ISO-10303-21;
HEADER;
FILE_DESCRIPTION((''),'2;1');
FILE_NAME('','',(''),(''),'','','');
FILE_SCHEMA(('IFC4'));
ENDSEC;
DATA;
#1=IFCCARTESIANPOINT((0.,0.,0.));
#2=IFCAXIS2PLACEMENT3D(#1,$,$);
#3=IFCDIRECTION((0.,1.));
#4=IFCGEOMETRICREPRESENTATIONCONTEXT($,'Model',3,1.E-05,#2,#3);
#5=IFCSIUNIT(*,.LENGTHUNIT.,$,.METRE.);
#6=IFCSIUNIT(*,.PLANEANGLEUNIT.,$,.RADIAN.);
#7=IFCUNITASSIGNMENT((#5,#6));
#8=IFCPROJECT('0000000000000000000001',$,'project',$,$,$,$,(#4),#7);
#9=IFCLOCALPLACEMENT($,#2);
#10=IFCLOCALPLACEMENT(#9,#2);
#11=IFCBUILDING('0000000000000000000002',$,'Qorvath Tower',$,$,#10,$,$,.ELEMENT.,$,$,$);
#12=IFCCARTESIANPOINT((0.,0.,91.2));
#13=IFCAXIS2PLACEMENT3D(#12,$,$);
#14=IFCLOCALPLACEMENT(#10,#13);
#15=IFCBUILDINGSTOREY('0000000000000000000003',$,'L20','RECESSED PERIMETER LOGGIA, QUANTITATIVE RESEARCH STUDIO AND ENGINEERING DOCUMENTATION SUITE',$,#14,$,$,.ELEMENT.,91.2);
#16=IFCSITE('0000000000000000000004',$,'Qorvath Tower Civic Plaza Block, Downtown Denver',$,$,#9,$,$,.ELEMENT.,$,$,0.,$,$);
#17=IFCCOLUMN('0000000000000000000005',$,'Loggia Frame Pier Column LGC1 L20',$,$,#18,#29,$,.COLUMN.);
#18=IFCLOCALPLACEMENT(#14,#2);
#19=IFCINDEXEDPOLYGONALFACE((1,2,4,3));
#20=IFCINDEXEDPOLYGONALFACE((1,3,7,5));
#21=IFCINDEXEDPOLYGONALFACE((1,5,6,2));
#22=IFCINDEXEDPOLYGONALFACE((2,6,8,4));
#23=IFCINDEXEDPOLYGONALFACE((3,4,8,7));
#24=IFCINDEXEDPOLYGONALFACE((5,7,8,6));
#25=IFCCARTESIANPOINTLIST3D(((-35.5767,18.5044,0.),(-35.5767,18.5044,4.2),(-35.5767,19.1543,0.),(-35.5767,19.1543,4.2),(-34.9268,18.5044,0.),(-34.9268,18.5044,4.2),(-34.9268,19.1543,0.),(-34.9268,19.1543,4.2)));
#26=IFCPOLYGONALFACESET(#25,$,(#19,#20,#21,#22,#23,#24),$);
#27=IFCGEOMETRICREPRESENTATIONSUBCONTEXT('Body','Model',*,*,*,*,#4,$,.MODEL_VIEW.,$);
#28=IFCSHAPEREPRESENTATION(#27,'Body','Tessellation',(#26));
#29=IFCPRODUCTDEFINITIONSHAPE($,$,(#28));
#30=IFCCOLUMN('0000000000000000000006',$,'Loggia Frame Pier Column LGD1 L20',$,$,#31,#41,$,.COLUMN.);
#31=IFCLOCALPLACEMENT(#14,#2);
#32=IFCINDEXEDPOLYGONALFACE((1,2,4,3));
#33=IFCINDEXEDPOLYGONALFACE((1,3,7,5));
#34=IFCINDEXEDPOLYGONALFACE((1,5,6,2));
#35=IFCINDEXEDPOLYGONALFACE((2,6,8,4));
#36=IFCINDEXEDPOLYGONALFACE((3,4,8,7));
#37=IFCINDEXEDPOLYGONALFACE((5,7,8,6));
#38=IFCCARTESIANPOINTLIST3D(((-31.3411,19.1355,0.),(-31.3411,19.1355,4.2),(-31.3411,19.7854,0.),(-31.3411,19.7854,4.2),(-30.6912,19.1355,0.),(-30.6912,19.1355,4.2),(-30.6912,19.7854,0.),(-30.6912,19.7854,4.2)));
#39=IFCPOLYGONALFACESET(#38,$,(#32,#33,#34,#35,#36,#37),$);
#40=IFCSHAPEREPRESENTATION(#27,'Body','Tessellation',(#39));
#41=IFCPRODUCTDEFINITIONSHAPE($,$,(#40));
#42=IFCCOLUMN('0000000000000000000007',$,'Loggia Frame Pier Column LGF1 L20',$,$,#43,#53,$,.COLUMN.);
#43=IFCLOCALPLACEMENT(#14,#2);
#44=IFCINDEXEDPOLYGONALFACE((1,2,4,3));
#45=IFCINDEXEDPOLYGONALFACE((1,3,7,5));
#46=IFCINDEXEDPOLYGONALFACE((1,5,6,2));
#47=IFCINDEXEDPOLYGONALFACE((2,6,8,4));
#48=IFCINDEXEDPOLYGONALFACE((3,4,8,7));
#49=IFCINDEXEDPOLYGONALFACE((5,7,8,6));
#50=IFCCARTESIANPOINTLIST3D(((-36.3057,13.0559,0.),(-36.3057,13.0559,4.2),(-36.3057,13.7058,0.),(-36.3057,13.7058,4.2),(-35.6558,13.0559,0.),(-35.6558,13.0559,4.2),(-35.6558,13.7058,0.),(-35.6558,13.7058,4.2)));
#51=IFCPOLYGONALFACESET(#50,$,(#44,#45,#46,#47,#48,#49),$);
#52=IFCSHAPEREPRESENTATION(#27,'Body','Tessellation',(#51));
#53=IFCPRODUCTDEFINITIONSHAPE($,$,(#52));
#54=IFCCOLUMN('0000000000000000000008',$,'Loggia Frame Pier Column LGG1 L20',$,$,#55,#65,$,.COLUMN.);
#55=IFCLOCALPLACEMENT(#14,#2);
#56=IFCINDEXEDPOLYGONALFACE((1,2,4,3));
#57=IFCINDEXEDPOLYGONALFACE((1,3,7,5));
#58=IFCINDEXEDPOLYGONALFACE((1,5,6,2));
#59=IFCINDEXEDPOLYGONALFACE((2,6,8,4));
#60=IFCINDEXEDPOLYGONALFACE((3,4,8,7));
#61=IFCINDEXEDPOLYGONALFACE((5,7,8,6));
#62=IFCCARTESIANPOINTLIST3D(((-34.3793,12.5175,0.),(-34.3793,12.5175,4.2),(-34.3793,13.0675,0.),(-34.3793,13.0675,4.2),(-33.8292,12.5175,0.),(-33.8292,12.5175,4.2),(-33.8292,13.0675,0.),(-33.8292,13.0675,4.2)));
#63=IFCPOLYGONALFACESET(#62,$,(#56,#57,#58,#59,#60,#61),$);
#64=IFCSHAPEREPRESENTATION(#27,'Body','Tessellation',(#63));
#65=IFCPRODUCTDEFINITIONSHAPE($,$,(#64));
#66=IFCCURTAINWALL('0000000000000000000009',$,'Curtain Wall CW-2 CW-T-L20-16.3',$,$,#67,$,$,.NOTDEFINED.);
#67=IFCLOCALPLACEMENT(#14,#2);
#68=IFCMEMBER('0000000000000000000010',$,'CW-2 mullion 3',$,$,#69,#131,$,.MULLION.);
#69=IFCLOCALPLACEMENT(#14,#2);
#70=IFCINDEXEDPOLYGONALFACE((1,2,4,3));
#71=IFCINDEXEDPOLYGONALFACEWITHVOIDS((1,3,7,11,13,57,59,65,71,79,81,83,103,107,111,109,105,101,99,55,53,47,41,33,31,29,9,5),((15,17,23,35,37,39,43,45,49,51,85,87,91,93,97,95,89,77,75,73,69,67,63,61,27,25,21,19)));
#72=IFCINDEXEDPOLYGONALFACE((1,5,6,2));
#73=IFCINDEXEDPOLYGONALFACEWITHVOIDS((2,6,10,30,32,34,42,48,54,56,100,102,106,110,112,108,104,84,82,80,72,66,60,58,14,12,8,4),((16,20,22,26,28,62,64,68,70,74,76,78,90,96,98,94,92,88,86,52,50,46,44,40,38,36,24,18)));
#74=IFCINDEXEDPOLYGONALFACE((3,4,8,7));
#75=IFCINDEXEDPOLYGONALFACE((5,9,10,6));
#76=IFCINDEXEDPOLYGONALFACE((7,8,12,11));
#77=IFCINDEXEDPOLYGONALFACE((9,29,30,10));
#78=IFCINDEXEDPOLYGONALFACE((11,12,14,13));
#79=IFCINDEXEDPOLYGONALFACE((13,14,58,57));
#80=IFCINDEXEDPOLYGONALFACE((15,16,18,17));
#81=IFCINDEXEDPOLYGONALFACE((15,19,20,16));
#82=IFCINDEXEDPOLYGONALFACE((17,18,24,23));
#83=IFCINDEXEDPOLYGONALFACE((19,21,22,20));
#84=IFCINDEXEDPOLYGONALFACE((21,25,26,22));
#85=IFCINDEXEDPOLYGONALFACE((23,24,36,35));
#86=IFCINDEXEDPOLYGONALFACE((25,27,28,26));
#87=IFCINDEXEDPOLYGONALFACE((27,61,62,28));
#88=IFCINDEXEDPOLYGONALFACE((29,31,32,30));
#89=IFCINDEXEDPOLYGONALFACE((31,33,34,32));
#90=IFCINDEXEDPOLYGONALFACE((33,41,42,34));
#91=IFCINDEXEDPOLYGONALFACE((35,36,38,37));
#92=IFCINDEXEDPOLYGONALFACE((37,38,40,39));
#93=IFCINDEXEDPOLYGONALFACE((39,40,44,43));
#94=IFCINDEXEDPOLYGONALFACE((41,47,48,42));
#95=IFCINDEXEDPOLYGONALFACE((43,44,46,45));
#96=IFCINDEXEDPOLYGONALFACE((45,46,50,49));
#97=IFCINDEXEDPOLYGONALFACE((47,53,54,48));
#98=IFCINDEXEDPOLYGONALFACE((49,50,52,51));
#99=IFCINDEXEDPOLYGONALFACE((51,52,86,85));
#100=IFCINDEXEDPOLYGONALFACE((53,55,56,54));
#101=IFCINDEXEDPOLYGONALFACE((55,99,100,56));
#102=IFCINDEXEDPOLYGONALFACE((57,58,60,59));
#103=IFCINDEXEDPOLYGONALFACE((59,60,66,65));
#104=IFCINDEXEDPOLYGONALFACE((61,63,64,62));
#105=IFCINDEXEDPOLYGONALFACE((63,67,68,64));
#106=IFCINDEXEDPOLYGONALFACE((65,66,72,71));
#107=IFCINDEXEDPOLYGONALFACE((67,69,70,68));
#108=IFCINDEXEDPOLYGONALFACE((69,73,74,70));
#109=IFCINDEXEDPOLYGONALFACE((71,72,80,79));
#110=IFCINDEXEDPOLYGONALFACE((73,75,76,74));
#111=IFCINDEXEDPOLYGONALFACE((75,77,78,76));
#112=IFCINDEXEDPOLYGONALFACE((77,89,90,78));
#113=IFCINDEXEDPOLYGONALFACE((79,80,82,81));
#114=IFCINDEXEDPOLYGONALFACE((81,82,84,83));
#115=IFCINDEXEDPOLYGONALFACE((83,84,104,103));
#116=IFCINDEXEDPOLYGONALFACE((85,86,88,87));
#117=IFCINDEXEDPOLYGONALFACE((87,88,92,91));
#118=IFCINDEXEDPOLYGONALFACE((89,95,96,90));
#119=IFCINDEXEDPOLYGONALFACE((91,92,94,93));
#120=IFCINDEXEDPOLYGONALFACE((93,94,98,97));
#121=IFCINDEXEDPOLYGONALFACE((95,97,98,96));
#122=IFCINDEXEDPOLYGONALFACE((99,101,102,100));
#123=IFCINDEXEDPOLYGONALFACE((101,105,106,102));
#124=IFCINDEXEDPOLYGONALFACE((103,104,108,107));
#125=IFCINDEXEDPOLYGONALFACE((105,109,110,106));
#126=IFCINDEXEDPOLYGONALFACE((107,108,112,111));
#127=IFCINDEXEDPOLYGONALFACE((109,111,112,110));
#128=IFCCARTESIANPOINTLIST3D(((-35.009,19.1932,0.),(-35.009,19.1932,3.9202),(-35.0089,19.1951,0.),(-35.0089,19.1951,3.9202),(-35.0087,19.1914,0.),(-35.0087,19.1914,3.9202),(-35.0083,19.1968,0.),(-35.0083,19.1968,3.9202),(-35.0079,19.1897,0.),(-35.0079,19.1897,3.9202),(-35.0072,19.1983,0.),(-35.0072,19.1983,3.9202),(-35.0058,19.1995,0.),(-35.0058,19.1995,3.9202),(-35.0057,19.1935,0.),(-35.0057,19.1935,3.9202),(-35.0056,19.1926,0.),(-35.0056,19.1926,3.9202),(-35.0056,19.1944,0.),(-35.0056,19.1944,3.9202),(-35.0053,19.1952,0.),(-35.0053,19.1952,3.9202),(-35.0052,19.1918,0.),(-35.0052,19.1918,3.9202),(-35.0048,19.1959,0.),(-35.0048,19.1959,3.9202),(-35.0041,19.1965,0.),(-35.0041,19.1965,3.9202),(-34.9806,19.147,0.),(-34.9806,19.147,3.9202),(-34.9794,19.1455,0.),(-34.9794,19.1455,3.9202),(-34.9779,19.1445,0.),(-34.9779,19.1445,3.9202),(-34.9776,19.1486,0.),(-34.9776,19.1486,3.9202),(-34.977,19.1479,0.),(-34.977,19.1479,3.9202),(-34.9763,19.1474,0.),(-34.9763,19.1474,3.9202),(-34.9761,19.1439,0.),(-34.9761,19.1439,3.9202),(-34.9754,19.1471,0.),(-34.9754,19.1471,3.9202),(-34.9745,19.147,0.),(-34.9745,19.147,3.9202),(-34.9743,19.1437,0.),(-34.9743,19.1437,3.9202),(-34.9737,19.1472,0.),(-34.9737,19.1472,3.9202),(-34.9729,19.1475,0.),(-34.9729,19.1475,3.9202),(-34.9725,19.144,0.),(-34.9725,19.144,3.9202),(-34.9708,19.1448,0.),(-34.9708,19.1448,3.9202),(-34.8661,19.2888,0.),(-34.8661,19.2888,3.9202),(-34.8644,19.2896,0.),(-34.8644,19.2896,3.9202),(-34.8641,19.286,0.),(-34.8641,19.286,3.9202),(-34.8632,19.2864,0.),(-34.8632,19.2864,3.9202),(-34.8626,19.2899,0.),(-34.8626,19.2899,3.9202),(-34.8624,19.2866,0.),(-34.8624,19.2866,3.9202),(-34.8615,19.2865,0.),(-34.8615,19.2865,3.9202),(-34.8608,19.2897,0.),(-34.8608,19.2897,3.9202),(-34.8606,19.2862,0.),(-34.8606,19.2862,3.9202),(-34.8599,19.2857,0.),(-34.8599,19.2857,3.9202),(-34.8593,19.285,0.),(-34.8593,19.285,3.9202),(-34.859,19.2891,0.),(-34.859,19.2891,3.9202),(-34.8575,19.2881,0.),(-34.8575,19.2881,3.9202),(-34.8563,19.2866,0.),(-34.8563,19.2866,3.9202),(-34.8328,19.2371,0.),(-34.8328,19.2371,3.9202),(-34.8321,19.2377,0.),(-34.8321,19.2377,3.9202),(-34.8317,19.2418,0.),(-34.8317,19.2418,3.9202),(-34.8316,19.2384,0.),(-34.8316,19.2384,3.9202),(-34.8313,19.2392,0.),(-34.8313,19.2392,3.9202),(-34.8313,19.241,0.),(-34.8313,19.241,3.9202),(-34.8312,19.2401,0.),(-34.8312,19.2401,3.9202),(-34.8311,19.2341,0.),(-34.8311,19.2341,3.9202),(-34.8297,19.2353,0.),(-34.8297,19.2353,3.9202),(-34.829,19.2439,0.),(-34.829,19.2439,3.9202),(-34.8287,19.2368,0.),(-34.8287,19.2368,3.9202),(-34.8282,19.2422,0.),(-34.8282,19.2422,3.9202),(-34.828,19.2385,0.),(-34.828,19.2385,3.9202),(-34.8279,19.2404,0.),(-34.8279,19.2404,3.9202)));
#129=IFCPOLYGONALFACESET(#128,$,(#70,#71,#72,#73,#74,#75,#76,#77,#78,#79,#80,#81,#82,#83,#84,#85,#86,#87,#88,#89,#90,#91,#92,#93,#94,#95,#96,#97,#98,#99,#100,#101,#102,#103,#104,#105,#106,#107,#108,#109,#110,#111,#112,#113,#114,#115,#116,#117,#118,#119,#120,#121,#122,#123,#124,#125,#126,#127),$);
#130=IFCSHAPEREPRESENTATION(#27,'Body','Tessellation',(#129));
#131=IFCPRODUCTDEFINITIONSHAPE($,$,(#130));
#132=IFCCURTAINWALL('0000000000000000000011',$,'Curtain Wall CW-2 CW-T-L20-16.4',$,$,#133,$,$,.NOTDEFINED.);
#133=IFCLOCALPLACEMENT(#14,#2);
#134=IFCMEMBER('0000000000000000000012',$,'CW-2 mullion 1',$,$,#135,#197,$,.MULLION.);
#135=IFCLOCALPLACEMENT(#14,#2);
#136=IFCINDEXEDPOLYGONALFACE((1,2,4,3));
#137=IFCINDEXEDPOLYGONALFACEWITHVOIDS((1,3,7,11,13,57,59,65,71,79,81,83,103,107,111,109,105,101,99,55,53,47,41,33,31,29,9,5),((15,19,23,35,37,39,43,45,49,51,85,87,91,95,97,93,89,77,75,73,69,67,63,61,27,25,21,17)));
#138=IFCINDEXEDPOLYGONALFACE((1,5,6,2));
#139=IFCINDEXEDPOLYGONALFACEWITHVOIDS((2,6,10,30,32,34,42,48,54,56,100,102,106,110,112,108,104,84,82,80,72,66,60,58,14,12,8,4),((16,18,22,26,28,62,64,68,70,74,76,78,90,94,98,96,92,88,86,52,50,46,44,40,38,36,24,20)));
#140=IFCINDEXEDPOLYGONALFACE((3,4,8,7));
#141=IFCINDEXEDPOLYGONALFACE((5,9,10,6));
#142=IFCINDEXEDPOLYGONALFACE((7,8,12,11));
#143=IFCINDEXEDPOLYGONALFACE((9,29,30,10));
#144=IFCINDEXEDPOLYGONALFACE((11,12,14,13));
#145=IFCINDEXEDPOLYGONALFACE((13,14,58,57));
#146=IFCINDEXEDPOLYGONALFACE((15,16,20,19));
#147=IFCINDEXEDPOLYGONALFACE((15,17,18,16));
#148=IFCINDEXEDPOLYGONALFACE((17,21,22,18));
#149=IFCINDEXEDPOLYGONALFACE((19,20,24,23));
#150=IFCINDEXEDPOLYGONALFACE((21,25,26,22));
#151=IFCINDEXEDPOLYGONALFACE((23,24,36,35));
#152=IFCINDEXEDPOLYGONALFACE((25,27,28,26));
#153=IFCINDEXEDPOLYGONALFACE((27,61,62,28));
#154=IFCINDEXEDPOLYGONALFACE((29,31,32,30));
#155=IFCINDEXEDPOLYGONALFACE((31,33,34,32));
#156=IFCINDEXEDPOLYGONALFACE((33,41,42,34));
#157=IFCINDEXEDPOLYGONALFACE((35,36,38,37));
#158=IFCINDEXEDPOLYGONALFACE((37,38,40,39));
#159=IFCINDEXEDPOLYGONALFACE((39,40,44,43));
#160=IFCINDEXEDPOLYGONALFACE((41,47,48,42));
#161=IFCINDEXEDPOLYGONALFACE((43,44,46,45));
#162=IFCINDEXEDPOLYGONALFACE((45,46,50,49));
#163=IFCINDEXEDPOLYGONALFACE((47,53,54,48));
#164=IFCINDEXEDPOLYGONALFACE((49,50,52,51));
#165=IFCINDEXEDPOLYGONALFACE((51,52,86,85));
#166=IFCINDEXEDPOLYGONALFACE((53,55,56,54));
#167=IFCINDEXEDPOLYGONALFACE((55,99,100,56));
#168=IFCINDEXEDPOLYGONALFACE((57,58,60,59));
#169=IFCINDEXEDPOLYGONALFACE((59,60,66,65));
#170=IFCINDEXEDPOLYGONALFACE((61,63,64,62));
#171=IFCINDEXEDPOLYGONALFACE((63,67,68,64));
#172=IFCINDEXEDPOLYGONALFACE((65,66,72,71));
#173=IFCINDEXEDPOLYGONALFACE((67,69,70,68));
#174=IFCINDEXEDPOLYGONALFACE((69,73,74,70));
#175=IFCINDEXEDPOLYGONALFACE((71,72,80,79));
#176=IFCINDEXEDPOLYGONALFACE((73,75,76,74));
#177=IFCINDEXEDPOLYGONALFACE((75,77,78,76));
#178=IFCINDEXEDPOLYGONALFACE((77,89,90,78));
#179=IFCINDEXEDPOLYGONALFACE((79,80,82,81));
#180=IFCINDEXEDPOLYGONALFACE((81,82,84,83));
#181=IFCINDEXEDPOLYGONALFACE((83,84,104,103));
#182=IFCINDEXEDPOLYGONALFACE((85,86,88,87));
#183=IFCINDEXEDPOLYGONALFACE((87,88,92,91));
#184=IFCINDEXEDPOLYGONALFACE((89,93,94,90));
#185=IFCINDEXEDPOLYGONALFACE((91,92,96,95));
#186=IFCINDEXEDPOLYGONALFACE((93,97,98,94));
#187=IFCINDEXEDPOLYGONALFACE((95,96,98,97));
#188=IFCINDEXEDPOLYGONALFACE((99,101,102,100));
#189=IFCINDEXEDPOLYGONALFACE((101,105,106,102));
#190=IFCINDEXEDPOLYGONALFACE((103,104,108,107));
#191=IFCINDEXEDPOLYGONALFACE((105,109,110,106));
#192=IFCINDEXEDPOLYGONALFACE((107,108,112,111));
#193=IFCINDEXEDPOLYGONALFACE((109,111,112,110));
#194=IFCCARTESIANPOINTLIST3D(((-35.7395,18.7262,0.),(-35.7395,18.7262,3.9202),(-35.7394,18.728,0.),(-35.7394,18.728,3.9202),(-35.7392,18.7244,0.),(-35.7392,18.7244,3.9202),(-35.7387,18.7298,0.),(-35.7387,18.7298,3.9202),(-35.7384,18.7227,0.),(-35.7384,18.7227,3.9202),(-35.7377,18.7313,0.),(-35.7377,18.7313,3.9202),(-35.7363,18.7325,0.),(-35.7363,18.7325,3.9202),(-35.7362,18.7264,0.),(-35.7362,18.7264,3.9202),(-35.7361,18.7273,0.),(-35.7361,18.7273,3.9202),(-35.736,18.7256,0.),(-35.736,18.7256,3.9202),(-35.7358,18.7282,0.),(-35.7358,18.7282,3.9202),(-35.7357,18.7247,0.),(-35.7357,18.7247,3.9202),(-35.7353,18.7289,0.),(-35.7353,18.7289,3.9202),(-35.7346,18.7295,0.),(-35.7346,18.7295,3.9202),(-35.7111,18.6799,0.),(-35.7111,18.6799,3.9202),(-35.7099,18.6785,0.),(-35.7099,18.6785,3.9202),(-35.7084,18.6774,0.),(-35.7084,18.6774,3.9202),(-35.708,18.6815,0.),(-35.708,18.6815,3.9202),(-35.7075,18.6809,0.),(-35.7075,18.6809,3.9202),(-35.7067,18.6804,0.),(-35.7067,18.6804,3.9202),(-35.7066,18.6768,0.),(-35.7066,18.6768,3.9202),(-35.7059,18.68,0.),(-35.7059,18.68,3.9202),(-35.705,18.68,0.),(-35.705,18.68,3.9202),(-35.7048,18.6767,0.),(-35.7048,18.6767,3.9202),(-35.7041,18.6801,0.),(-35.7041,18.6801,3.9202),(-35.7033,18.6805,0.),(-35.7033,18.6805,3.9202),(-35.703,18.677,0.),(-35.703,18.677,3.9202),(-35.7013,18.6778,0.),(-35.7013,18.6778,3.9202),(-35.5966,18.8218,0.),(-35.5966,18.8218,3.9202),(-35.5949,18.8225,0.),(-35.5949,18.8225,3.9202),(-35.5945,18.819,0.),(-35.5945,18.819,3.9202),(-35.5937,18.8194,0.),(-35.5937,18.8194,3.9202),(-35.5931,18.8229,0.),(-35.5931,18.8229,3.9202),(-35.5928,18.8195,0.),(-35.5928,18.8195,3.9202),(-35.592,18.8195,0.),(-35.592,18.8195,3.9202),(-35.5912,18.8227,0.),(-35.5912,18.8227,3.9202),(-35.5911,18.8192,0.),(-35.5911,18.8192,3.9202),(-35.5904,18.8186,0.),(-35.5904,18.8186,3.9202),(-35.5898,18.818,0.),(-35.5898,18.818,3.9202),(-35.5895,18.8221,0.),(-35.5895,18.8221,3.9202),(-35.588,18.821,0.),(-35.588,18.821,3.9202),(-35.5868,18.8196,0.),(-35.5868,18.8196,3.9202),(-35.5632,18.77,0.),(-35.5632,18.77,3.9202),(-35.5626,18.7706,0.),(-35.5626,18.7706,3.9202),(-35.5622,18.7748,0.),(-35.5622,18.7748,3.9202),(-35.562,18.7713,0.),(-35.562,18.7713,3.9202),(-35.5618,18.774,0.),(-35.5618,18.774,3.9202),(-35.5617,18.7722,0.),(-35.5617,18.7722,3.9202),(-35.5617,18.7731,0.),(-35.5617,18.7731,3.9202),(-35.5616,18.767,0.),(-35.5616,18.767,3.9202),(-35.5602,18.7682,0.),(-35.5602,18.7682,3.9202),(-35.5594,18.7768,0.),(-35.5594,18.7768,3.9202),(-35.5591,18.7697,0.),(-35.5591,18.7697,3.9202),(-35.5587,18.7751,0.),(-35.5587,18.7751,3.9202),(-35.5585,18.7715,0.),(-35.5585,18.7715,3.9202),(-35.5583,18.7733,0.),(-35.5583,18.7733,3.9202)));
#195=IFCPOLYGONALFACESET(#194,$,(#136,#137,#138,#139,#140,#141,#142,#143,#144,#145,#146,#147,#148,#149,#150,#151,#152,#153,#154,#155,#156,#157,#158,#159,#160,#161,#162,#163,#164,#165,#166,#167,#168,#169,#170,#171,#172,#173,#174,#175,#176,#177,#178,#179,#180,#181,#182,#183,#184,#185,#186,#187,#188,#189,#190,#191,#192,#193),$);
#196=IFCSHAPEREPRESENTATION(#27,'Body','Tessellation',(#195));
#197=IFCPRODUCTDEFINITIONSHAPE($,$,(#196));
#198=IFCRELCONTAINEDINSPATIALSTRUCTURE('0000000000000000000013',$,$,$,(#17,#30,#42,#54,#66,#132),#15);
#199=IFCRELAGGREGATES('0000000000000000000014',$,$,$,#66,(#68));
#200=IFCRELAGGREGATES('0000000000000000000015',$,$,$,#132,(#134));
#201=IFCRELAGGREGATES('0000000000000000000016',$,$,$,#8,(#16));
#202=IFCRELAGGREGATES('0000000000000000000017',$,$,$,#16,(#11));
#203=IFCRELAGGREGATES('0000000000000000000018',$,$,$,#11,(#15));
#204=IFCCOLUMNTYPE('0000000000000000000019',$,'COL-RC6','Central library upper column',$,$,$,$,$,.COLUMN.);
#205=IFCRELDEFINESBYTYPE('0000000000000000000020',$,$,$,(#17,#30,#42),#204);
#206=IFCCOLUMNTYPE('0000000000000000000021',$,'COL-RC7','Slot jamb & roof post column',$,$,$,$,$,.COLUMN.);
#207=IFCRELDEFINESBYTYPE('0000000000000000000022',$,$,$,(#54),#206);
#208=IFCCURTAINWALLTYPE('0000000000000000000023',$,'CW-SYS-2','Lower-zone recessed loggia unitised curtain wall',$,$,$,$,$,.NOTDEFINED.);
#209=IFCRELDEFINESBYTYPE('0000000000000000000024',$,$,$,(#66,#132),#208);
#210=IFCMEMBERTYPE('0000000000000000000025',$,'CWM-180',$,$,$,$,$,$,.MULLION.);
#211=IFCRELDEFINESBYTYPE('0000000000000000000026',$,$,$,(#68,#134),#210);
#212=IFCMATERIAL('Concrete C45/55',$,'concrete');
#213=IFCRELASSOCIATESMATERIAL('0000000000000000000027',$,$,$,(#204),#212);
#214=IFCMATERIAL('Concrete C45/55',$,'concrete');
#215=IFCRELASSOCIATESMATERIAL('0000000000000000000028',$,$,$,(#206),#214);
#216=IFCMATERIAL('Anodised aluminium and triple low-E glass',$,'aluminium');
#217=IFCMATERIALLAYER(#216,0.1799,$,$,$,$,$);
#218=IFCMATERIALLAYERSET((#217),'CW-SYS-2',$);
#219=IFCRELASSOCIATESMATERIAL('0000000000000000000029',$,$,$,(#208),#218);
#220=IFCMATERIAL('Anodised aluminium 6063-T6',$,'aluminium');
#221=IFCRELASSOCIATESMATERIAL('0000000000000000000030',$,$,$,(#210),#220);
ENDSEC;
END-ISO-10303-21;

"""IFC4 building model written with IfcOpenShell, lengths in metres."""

from ifc_helpers import new_model, si_unit, direction, frame, origin, origin_2d, place, context, subcontext, project, spatial, rectangle, hollow_rectangle, extrude, material, layer, layer_set, material_profile, profile_set, type_object, element, aggregate, save


model = new_model("IFC4")

# Units and contexts
model_context = context("Model", 3, precision=1e-05, world=origin(), true_north=direction((0.0, 1.0)))
body_context = subcontext(model_context, "Body", "Model", "MODEL_VIEW")
ifc_project = project(units=[si_unit("LENGTHUNIT", "METRE"), si_unit("PLANEANGLEUNIT", "RADIAN")], contexts=[model_context])

# Site, building, storey
site_placement = place(None, origin())
site = spatial("IfcSite", under=ifc_project, at=site_placement, Name="Qorvath Tower Civic Plaza Block, Downtown Denver", CompositionType="ELEMENT", RefElevation=0.0)
building_placement = place(site_placement, origin())
building = spatial("IfcBuilding", under=site, at=building_placement, Name="Qorvath Tower", CompositionType="ELEMENT")
storey_placement = place(building_placement, frame((0.0, 0.0, 91.2)))
storey = spatial("IfcBuildingStorey", under=building, at=storey_placement, Name="L20", Description="RECESSED PERIMETER LOGGIA, QUANTITATIVE RESEARCH STUDIO AND ENGINEERING DOCUMENTATION SUITE", CompositionType="ELEMENT", Elevation=91.2)

# Columns
ifc_material_1 = material(Name="Concrete C45/55", Category="concrete")
ifc_material_profile_1 = material_profile(ifc_material_1, rectangle(XDim=0.6499, YDim=0.6499, at=origin_2d()), Name="RC 650x650")
ifc_profile_set_1 = profile_set([ifc_material_profile_1], Name="Concrete C45/55")
column_type_1 = type_object("IfcColumnType", Name="COL-RC6", Description="Central library upper column", PredefinedType="COLUMN", material=ifc_profile_set_1)
for number, where, z_axis, x_axis, name in (
    (1, (-35.2517, 18.8293, 0.0), (0.0, 0.0, 1.0), (1.0, 0.0, 0.0), "Loggia Frame Pier Column LGC1 L20"),
    (2, (-31.0161, 19.4604, 0.0), (0.0, 0.0, 1.0), (1.0, 0.0, 0.0), "Loggia Frame Pier Column LGD1 L20"),
    (3, (-35.9807, 13.3809, 0.0), (0.0, 0.0, 1.0), (1.0, 0.0, 0.0), "Loggia Frame Pier Column LGF1 L20"),
):
    element("IfcColumn", number, at=place(storey_placement, frame(where, z_axis=z_axis, x_axis=x_axis)), inside=storey, type_object=column_type_1, Name=name, PredefinedType="COLUMN", context=body_context, shape_type="SweptSolid", body=[
        extrude(rectangle(XDim=0.6499, YDim=0.6499, at=origin_2d()), origin(), (0.0, 0.0, 1.0), 4.2),
    ])
ifc_material_2 = material(Name="Concrete C45/55", Category="concrete")
ifc_material_profile_2 = material_profile(ifc_material_2, rectangle(XDim=0.55, YDim=0.55, at=origin_2d()), Name="RC 550x550")
ifc_profile_set_2 = profile_set([ifc_material_profile_2], Name="Concrete C45/55")
column_type_2 = type_object("IfcColumnType", Name="COL-RC7", Description="Slot jamb & roof post column", PredefinedType="COLUMN", material=ifc_profile_set_2)
column_placement = place(storey_placement, frame((-34.1042, 12.7925, 0.0), z_axis=(0.0, 0.0, 1.0), x_axis=(1.0, 0.0, 0.0)))
element("IfcColumn", 4, at=column_placement, inside=storey, type_object=column_type_2, Name="Loggia Frame Pier Column LGG1 L20", PredefinedType="COLUMN", context=body_context, shape_type="SweptSolid", body=[
    extrude(rectangle(XDim=0.55, YDim=0.55, at=origin_2d()), origin(), (0.0, 0.0, 1.0), 4.2),
])

# Curtain wall, member
ifc_material_3 = material(Name="Anodised aluminium and triple low-E glass", Category="aluminium")
ifc_layer_1 = layer(ifc_material_3, 0.1799)
ifc_layer_set_1 = layer_set([ifc_layer_1], Name="CW-SYS-2")
curtain_wall_type = type_object("IfcCurtainWallType", Name="CW-SYS-2", Description="Lower-zone recessed loggia unitised curtain wall", PredefinedType="NOTDEFINED", material=ifc_layer_set_1)
curtain_wall_1_placement = place(storey_placement, origin())
curtain_wall_1 = element("IfcCurtainWall", 5, at=curtain_wall_1_placement, inside=storey, type_object=curtain_wall_type, Name="Curtain Wall CW-2 CW-T-L20-16.3", PredefinedType="NOTDEFINED")
ifc_material_4 = material(Name="Anodised aluminium 6063-T6", Category="aluminium")
ifc_material_profile_3 = material_profile(ifc_material_4, hollow_rectangle(XDim=0.0649, YDim=0.1799, WallThickness=0.0034, InnerFilletRadius=0.0034, OuterFilletRadius=0.0071, at=origin_2d()), Name="CWM 180x65")
ifc_profile_set_3 = profile_set([ifc_material_profile_3], Name="Anodised aluminium 6063-T6")
member_type_1 = type_object("IfcMemberType", Name="CWM-180", PredefinedType="MULLION", material=ifc_profile_set_3)
member_1_placement = place(storey_placement, frame((-34.9185, 19.2168, 0.0), z_axis=(0.0, 0.0, 1.0), x_axis=(0.538541, -0.842599, 0.0)))
member_1 = element("IfcMember", 6, at=member_1_placement, type_object=member_type_1, Name="CW-2 mullion 3", PredefinedType="MULLION", context=body_context, shape_type="SweptSolid", body=[
    extrude(hollow_rectangle(XDim=0.0649, YDim=0.1799, WallThickness=0.0034, InnerFilletRadius=0.0034, OuterFilletRadius=0.0071, at=origin_2d()), origin(), (0.0, 0.0, 1.0), 3.9202),
])

# Curtain wall, member
curtain_wall_2_placement = place(storey_placement, origin())
curtain_wall_2 = element("IfcCurtainWall", 7, at=curtain_wall_2_placement, inside=storey, type_object=curtain_wall_type, Name="Curtain Wall CW-2 CW-T-L20-16.4", PredefinedType="NOTDEFINED")
member_2_placement = place(storey_placement, frame((-35.6489, 18.7498, 0.0), z_axis=(0.0, 0.0, 1.0), x_axis=(0.538529, -0.842607, 0.0)))
member_2 = element("IfcMember", 8, at=member_2_placement, type_object=member_type_1, Name="CW-2 mullion 1", PredefinedType="MULLION", context=body_context, shape_type="SweptSolid", body=[
    extrude(hollow_rectangle(XDim=0.0649, YDim=0.1799, WallThickness=0.0034, InnerFilletRadius=0.0034, OuterFilletRadius=0.0071, at=origin_2d()), origin(), (0.0, 0.0, 1.0), 3.9202),
])

aggregate(curtain_wall_1, [member_1])
aggregate(curtain_wall_2, [member_2])

save(model, "model.ifc")
